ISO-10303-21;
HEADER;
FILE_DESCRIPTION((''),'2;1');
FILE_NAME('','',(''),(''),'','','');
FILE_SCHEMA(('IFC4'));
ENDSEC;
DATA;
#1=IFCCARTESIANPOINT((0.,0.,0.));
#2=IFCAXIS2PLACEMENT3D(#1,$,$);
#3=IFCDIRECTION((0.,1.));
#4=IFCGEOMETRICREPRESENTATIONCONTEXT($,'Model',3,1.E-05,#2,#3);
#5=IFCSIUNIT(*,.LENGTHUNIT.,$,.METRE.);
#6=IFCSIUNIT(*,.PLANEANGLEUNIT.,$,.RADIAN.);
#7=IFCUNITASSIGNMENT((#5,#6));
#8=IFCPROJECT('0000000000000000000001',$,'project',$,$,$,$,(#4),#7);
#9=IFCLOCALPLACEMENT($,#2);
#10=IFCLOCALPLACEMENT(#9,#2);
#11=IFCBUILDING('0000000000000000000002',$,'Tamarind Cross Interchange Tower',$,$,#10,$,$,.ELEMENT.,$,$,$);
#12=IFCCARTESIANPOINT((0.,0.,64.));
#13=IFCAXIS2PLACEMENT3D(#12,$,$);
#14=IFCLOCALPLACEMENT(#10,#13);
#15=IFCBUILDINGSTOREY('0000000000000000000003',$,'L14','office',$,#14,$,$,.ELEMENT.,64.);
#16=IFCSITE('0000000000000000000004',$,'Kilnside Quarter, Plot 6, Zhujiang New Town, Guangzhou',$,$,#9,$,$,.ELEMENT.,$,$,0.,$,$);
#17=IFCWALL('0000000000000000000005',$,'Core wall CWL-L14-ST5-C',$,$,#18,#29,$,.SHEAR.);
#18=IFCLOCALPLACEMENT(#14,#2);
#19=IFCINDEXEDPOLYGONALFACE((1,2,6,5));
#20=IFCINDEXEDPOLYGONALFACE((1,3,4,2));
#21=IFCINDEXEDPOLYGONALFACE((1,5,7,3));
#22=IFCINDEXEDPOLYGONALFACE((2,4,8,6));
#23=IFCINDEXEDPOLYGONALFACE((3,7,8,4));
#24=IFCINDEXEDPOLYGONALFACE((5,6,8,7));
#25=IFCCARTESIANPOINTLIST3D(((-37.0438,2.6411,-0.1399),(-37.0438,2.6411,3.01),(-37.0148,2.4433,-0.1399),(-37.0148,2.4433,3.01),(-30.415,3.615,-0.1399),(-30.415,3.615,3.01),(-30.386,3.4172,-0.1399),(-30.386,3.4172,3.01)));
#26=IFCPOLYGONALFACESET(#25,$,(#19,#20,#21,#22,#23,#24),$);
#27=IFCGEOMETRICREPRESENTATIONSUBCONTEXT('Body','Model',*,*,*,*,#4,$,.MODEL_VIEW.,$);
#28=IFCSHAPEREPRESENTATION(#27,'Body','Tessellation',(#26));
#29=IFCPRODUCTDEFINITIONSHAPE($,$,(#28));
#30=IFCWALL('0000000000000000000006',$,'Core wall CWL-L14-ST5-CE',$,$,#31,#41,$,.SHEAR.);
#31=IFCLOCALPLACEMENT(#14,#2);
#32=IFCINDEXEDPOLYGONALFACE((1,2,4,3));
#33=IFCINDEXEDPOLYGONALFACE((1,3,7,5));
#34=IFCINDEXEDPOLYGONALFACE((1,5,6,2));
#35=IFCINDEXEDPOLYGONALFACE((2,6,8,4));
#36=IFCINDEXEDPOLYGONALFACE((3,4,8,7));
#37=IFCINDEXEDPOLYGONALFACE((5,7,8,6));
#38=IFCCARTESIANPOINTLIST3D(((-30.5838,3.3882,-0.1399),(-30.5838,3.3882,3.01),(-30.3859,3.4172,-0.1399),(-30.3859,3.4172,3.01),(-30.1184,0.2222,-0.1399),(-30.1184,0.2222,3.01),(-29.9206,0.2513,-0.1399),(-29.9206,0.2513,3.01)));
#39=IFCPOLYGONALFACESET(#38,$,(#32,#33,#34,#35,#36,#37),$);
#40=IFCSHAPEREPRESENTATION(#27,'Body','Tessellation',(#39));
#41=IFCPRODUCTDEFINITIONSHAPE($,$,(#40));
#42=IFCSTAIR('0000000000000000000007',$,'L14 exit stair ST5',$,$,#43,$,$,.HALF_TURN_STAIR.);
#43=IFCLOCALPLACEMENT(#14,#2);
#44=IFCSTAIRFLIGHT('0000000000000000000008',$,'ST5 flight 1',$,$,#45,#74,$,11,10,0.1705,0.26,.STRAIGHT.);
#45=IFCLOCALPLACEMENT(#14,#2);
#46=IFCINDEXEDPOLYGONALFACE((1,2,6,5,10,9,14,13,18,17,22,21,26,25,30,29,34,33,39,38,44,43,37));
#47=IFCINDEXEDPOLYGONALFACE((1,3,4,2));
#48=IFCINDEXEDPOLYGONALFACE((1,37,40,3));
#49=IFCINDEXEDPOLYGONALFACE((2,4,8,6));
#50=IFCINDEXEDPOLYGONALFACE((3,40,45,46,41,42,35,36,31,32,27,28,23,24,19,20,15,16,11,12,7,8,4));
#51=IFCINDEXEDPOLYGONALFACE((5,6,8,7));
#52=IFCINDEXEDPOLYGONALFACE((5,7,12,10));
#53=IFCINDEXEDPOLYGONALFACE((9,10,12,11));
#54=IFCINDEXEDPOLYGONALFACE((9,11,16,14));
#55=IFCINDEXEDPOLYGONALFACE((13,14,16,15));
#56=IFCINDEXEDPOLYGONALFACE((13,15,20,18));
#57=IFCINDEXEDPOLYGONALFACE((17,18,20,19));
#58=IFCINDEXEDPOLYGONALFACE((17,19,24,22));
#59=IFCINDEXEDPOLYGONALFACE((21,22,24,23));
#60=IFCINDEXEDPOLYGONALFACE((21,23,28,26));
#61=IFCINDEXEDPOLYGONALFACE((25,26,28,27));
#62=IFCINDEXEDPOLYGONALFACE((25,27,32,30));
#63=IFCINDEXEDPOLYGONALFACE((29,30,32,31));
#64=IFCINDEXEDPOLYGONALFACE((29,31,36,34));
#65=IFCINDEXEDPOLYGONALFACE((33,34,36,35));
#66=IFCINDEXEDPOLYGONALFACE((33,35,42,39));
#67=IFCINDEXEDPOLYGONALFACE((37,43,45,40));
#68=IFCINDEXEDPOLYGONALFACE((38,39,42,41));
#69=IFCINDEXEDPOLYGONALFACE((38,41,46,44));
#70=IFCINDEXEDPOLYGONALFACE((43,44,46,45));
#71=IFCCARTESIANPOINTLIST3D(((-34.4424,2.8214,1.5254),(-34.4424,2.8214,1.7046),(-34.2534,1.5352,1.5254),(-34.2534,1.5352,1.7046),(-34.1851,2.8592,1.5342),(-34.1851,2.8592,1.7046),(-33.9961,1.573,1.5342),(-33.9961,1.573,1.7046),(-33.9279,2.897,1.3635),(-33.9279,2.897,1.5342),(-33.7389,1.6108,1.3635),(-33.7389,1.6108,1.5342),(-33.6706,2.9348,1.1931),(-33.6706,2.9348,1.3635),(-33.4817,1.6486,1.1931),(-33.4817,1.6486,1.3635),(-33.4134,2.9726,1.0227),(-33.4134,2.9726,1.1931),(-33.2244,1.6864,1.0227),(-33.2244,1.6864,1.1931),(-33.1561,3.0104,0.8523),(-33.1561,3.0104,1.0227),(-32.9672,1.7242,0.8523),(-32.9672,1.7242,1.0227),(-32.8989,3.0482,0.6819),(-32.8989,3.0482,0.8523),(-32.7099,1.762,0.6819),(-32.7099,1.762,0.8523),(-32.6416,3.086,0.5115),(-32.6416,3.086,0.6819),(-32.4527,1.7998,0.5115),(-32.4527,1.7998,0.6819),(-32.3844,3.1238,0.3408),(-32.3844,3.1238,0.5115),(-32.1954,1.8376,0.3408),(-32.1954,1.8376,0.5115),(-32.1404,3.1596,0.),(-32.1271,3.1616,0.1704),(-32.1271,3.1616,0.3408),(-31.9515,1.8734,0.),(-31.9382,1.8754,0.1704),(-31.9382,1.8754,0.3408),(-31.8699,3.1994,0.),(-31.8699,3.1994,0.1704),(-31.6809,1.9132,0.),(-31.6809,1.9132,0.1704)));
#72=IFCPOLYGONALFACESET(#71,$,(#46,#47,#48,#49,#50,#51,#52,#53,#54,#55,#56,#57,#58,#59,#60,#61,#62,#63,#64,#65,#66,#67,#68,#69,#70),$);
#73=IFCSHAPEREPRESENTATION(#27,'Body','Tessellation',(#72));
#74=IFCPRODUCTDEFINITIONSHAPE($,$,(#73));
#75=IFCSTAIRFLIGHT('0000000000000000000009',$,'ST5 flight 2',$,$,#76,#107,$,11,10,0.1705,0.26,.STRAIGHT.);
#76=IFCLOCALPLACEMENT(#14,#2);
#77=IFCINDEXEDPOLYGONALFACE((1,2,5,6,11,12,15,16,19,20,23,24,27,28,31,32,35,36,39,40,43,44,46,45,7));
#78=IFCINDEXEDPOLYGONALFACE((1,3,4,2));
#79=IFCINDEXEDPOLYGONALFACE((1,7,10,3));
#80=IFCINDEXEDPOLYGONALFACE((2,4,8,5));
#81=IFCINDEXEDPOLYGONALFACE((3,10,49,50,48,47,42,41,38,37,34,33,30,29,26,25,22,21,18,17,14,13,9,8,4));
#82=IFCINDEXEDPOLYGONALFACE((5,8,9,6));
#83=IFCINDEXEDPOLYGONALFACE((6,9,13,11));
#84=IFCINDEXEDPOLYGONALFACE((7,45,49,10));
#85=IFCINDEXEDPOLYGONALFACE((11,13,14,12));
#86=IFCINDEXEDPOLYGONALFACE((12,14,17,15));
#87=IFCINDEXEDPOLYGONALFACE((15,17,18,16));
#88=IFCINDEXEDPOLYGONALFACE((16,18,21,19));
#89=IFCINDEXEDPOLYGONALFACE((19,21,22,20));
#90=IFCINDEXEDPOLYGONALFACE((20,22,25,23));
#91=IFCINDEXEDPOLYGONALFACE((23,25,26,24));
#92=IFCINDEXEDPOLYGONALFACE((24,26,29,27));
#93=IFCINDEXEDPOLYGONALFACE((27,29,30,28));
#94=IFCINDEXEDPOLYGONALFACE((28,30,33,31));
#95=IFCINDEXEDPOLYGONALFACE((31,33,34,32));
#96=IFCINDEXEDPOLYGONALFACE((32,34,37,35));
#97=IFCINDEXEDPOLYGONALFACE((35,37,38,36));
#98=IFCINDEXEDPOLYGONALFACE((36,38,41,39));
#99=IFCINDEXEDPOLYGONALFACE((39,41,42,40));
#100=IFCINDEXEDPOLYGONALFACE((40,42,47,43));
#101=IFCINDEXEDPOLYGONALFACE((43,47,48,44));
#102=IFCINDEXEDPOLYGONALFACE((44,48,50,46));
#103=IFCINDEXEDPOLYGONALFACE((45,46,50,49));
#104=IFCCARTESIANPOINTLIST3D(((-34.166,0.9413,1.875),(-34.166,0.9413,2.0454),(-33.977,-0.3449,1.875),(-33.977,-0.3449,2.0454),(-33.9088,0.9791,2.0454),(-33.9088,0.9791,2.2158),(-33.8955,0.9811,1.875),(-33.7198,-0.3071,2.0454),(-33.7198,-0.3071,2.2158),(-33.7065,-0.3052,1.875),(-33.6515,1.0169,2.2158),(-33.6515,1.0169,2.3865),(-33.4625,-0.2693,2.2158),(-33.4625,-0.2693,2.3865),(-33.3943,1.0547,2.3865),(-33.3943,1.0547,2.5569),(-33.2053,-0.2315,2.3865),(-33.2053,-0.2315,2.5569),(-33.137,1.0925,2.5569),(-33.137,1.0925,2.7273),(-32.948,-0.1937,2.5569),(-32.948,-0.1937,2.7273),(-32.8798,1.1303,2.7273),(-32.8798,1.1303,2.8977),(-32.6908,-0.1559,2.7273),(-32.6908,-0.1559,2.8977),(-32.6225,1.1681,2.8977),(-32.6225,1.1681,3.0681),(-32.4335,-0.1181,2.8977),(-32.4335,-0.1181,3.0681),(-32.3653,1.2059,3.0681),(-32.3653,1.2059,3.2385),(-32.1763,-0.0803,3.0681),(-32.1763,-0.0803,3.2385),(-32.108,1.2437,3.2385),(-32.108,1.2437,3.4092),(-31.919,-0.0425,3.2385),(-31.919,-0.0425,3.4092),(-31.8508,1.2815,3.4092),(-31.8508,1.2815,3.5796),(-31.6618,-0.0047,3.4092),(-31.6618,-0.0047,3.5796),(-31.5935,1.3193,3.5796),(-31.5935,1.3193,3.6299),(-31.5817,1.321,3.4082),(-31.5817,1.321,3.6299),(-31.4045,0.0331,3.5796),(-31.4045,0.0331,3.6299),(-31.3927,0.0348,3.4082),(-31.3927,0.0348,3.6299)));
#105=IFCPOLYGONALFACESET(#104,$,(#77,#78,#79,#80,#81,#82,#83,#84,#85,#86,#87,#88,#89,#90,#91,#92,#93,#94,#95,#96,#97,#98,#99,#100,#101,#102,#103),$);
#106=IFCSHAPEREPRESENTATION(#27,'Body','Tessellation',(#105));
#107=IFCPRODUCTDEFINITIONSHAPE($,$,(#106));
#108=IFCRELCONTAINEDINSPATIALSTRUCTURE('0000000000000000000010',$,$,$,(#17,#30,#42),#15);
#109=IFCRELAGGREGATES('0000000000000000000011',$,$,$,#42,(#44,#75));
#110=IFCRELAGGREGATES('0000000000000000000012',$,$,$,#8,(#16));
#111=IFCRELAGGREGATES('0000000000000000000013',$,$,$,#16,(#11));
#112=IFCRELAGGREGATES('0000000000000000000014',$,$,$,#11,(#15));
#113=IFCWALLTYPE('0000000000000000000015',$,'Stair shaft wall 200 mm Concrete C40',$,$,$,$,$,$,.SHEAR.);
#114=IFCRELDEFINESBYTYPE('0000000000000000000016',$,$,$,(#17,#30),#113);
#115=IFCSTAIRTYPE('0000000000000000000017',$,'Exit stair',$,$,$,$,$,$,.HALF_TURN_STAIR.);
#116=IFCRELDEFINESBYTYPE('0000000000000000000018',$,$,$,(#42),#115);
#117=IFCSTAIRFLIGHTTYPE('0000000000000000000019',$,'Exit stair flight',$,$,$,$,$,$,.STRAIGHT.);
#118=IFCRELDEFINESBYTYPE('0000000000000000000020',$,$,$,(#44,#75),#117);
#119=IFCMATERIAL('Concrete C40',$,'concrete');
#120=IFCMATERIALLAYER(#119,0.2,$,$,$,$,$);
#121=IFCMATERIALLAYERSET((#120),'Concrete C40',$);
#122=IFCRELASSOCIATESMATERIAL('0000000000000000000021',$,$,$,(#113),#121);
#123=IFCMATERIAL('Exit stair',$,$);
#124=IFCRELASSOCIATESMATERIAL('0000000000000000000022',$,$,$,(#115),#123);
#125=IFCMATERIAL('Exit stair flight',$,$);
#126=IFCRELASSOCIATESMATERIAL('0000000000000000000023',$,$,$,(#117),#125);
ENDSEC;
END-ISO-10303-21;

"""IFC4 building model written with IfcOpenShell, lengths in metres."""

from ifc_helpers import new_model, si_unit, direction, frame, frame_2d, origin, place, context, subcontext, project, spatial, polyline, rectangle, outline, extrude, material, layer, layer_set, type_object, element, aggregate, save


model = new_model("IFC4")

# Units and contexts
model_context = context("Model", 3, precision=1e-05, world=origin(), true_north=direction((0.0, 1.0)))
body_context = subcontext(model_context, "Body", "Model", "MODEL_VIEW")
ifc_project = project(units=[si_unit("LENGTHUNIT", "METRE"), si_unit("PLANEANGLEUNIT", "RADIAN")], contexts=[model_context])

# Site, building, storey
site_placement = place(None, origin())
site = spatial("IfcSite", under=ifc_project, at=site_placement, Name="Kilnside Quarter, Plot 6, Zhujiang New Town, Guangzhou", CompositionType="ELEMENT", RefElevation=0.0)
building_placement = place(site_placement, origin())
building = spatial("IfcBuilding", under=site, at=building_placement, Name="Tamarind Cross Interchange Tower", CompositionType="ELEMENT")
storey_placement = place(building_placement, frame((0.0, 0.0, 64.0)))
storey = spatial("IfcBuildingStorey", under=building, at=storey_placement, Name="L14", Description="office", CompositionType="ELEMENT", Elevation=64.0)

# Shared definitions
ifc_material_1 = material(Name="Concrete C40", Category="concrete")
ifc_layer_1 = layer(ifc_material_1, 0.2)
ifc_layer_set_1 = layer_set([ifc_layer_1], Name="Concrete C40")
wall_type_1 = type_object("IfcWallType", Name="Stair shaft wall 200 mm Concrete C40", PredefinedType="SHEAR", material=ifc_layer_set_1)

# Walls
wall_1_placement = place(storey_placement, frame((-30.4004, 3.5161, -0.1399), z_axis=(0.0, 0.0, 1.0), x_axis=(-0.98938, -0.145353, 0.0)))
element("IfcWall", 1, at=wall_1_placement, inside=storey, type_object=wall_type_1, Name="Core wall CWL-L14-ST5-C", PredefinedType="SHEAR", context=body_context, shape_type="SweptSolid", body=[
    extrude(rectangle(XDim=6.7, YDim=0.2, at=frame_2d((3.3501, 0.0))), origin(), (0.0, 0.0, 1.0), 3.1499),
])
wall_2_placement = place(storey_placement, frame((-30.4849, 3.4028, -0.1399), z_axis=(0.0, 0.0, 1.0), x_axis=(0.145415, -0.989371, 0.0)))
element("IfcWall", 2, at=wall_2_placement, inside=storey, type_object=wall_type_1, Name="Core wall CWL-L14-ST5-CE", PredefinedType="SHEAR", context=body_context, shape_type="SweptSolid", body=[
    extrude(rectangle(XDim=3.2, YDim=0.2, at=frame_2d((1.6001, 0.0))), origin(), (0.0, 0.0, 1.0), 3.1499),
])

# Stair, stair flights
ifc_material_2 = material(Name="Exit stair")
stair_type = type_object("IfcStairType", Name="Exit stair", PredefinedType="HALF_TURN_STAIR", material=ifc_material_2)
stair_placement = place(storey_placement, origin())
stair = element("IfcStair", 3, at=stair_placement, inside=storey, type_object=stair_type, Name="L14 exit stair ST5", PredefinedType="HALF_TURN_STAIR")
ifc_material_3 = material(Name="Exit stair flight")
stair_flight_type = type_object("IfcStairFlightType", Name="Exit stair flight", PredefinedType="STRAIGHT", material=ifc_material_3)
stair_flight_1_placement = place(storey_placement, frame((-31.7754, 2.5562, 0.0), z_axis=(0.0, 0.0, 1.0), x_axis=(-0.989378, -0.145365, 0.0)))
stair_flight_1 = element("IfcStairFlight", 4, at=stair_flight_1_placement, type_object=stair_flight_type, Name="ST5 flight 1", NumberOfRisers=11, NumberOfTreads=10, PredefinedType="STRAIGHT", RiserHeight=0.1705, TreadLength=0.26, context=body_context, shape_type="SweptSolid", body=[
    extrude(outline(polyline([(0.0, 0.0), (0.0, 0.1704), (0.26, 0.1704), (0.26, 0.3408), (0.52, 0.3408), (0.52, 0.5115), (0.78, 0.5115), (0.78, 0.6819), (1.04, 0.6819), (1.04, 0.8523), (1.3, 0.8523), (1.3, 1.0227), (1.5601, 1.0227), (1.5601, 1.1931), (1.8201, 1.1931), (1.8201, 1.3635), (2.0801, 1.3635), (2.0801, 1.5342), (2.3401, 1.5342), (2.3401, 1.7046), (2.6001, 1.7046), (2.6001, 1.875), (2.6001, 1.5254), (0.2734, 0.0), (0.0, 0.0)])), frame((0.0, 0.6499, 0.0), z_axis=(0.0, -1.0, 0.0), x_axis=(1.0, 0.0, 0.0)), (0.0, 0.0, 1.0), 1.3),
])
stair_flight_2_placement = place(storey_placement, frame((-34.0715, 0.2983, 1.875), z_axis=(0.0, 0.0, 1.0), x_axis=(0.989378, 0.145365, 0.0)))
stair_flight_2 = element("IfcStairFlight", 5, at=stair_flight_2_placement, type_object=stair_flight_type, Name="ST5 flight 2", NumberOfRisers=11, NumberOfTreads=10, PredefinedType="STRAIGHT", RiserHeight=0.1705, TreadLength=0.26, context=body_context, shape_type="SweptSolid", body=[
    extrude(outline(polyline([(0.0, 0.0), (0.0, 0.1704), (0.26, 0.1704), (0.26, 0.3408), (0.52, 0.3408), (0.52, 0.5115), (0.78, 0.5115), (0.78, 0.6819), (1.04, 0.6819), (1.04, 0.8523), (1.3, 0.8523), (1.3, 1.0227), (1.5601, 1.0227), (1.5601, 1.1931), (1.8201, 1.1931), (1.8201, 1.3635), (2.0801, 1.3635), (2.0801, 1.5342), (2.3401, 1.5342), (2.3401, 1.7046), (2.6001, 1.7046), (2.6001, 1.7549), (2.6121, 1.7549), (2.6121, 1.5332), (0.2734, 0.0), (0.0, 0.0)])), frame((0.0, 0.6499, 0.0), z_axis=(0.0, -1.0, 0.0), x_axis=(1.0, 0.0, 0.0)), (0.0, 0.0, 1.0), 1.3),
])
aggregate(stair, [stair_flight_1, stair_flight_2])

save(model, "model.ifc")
